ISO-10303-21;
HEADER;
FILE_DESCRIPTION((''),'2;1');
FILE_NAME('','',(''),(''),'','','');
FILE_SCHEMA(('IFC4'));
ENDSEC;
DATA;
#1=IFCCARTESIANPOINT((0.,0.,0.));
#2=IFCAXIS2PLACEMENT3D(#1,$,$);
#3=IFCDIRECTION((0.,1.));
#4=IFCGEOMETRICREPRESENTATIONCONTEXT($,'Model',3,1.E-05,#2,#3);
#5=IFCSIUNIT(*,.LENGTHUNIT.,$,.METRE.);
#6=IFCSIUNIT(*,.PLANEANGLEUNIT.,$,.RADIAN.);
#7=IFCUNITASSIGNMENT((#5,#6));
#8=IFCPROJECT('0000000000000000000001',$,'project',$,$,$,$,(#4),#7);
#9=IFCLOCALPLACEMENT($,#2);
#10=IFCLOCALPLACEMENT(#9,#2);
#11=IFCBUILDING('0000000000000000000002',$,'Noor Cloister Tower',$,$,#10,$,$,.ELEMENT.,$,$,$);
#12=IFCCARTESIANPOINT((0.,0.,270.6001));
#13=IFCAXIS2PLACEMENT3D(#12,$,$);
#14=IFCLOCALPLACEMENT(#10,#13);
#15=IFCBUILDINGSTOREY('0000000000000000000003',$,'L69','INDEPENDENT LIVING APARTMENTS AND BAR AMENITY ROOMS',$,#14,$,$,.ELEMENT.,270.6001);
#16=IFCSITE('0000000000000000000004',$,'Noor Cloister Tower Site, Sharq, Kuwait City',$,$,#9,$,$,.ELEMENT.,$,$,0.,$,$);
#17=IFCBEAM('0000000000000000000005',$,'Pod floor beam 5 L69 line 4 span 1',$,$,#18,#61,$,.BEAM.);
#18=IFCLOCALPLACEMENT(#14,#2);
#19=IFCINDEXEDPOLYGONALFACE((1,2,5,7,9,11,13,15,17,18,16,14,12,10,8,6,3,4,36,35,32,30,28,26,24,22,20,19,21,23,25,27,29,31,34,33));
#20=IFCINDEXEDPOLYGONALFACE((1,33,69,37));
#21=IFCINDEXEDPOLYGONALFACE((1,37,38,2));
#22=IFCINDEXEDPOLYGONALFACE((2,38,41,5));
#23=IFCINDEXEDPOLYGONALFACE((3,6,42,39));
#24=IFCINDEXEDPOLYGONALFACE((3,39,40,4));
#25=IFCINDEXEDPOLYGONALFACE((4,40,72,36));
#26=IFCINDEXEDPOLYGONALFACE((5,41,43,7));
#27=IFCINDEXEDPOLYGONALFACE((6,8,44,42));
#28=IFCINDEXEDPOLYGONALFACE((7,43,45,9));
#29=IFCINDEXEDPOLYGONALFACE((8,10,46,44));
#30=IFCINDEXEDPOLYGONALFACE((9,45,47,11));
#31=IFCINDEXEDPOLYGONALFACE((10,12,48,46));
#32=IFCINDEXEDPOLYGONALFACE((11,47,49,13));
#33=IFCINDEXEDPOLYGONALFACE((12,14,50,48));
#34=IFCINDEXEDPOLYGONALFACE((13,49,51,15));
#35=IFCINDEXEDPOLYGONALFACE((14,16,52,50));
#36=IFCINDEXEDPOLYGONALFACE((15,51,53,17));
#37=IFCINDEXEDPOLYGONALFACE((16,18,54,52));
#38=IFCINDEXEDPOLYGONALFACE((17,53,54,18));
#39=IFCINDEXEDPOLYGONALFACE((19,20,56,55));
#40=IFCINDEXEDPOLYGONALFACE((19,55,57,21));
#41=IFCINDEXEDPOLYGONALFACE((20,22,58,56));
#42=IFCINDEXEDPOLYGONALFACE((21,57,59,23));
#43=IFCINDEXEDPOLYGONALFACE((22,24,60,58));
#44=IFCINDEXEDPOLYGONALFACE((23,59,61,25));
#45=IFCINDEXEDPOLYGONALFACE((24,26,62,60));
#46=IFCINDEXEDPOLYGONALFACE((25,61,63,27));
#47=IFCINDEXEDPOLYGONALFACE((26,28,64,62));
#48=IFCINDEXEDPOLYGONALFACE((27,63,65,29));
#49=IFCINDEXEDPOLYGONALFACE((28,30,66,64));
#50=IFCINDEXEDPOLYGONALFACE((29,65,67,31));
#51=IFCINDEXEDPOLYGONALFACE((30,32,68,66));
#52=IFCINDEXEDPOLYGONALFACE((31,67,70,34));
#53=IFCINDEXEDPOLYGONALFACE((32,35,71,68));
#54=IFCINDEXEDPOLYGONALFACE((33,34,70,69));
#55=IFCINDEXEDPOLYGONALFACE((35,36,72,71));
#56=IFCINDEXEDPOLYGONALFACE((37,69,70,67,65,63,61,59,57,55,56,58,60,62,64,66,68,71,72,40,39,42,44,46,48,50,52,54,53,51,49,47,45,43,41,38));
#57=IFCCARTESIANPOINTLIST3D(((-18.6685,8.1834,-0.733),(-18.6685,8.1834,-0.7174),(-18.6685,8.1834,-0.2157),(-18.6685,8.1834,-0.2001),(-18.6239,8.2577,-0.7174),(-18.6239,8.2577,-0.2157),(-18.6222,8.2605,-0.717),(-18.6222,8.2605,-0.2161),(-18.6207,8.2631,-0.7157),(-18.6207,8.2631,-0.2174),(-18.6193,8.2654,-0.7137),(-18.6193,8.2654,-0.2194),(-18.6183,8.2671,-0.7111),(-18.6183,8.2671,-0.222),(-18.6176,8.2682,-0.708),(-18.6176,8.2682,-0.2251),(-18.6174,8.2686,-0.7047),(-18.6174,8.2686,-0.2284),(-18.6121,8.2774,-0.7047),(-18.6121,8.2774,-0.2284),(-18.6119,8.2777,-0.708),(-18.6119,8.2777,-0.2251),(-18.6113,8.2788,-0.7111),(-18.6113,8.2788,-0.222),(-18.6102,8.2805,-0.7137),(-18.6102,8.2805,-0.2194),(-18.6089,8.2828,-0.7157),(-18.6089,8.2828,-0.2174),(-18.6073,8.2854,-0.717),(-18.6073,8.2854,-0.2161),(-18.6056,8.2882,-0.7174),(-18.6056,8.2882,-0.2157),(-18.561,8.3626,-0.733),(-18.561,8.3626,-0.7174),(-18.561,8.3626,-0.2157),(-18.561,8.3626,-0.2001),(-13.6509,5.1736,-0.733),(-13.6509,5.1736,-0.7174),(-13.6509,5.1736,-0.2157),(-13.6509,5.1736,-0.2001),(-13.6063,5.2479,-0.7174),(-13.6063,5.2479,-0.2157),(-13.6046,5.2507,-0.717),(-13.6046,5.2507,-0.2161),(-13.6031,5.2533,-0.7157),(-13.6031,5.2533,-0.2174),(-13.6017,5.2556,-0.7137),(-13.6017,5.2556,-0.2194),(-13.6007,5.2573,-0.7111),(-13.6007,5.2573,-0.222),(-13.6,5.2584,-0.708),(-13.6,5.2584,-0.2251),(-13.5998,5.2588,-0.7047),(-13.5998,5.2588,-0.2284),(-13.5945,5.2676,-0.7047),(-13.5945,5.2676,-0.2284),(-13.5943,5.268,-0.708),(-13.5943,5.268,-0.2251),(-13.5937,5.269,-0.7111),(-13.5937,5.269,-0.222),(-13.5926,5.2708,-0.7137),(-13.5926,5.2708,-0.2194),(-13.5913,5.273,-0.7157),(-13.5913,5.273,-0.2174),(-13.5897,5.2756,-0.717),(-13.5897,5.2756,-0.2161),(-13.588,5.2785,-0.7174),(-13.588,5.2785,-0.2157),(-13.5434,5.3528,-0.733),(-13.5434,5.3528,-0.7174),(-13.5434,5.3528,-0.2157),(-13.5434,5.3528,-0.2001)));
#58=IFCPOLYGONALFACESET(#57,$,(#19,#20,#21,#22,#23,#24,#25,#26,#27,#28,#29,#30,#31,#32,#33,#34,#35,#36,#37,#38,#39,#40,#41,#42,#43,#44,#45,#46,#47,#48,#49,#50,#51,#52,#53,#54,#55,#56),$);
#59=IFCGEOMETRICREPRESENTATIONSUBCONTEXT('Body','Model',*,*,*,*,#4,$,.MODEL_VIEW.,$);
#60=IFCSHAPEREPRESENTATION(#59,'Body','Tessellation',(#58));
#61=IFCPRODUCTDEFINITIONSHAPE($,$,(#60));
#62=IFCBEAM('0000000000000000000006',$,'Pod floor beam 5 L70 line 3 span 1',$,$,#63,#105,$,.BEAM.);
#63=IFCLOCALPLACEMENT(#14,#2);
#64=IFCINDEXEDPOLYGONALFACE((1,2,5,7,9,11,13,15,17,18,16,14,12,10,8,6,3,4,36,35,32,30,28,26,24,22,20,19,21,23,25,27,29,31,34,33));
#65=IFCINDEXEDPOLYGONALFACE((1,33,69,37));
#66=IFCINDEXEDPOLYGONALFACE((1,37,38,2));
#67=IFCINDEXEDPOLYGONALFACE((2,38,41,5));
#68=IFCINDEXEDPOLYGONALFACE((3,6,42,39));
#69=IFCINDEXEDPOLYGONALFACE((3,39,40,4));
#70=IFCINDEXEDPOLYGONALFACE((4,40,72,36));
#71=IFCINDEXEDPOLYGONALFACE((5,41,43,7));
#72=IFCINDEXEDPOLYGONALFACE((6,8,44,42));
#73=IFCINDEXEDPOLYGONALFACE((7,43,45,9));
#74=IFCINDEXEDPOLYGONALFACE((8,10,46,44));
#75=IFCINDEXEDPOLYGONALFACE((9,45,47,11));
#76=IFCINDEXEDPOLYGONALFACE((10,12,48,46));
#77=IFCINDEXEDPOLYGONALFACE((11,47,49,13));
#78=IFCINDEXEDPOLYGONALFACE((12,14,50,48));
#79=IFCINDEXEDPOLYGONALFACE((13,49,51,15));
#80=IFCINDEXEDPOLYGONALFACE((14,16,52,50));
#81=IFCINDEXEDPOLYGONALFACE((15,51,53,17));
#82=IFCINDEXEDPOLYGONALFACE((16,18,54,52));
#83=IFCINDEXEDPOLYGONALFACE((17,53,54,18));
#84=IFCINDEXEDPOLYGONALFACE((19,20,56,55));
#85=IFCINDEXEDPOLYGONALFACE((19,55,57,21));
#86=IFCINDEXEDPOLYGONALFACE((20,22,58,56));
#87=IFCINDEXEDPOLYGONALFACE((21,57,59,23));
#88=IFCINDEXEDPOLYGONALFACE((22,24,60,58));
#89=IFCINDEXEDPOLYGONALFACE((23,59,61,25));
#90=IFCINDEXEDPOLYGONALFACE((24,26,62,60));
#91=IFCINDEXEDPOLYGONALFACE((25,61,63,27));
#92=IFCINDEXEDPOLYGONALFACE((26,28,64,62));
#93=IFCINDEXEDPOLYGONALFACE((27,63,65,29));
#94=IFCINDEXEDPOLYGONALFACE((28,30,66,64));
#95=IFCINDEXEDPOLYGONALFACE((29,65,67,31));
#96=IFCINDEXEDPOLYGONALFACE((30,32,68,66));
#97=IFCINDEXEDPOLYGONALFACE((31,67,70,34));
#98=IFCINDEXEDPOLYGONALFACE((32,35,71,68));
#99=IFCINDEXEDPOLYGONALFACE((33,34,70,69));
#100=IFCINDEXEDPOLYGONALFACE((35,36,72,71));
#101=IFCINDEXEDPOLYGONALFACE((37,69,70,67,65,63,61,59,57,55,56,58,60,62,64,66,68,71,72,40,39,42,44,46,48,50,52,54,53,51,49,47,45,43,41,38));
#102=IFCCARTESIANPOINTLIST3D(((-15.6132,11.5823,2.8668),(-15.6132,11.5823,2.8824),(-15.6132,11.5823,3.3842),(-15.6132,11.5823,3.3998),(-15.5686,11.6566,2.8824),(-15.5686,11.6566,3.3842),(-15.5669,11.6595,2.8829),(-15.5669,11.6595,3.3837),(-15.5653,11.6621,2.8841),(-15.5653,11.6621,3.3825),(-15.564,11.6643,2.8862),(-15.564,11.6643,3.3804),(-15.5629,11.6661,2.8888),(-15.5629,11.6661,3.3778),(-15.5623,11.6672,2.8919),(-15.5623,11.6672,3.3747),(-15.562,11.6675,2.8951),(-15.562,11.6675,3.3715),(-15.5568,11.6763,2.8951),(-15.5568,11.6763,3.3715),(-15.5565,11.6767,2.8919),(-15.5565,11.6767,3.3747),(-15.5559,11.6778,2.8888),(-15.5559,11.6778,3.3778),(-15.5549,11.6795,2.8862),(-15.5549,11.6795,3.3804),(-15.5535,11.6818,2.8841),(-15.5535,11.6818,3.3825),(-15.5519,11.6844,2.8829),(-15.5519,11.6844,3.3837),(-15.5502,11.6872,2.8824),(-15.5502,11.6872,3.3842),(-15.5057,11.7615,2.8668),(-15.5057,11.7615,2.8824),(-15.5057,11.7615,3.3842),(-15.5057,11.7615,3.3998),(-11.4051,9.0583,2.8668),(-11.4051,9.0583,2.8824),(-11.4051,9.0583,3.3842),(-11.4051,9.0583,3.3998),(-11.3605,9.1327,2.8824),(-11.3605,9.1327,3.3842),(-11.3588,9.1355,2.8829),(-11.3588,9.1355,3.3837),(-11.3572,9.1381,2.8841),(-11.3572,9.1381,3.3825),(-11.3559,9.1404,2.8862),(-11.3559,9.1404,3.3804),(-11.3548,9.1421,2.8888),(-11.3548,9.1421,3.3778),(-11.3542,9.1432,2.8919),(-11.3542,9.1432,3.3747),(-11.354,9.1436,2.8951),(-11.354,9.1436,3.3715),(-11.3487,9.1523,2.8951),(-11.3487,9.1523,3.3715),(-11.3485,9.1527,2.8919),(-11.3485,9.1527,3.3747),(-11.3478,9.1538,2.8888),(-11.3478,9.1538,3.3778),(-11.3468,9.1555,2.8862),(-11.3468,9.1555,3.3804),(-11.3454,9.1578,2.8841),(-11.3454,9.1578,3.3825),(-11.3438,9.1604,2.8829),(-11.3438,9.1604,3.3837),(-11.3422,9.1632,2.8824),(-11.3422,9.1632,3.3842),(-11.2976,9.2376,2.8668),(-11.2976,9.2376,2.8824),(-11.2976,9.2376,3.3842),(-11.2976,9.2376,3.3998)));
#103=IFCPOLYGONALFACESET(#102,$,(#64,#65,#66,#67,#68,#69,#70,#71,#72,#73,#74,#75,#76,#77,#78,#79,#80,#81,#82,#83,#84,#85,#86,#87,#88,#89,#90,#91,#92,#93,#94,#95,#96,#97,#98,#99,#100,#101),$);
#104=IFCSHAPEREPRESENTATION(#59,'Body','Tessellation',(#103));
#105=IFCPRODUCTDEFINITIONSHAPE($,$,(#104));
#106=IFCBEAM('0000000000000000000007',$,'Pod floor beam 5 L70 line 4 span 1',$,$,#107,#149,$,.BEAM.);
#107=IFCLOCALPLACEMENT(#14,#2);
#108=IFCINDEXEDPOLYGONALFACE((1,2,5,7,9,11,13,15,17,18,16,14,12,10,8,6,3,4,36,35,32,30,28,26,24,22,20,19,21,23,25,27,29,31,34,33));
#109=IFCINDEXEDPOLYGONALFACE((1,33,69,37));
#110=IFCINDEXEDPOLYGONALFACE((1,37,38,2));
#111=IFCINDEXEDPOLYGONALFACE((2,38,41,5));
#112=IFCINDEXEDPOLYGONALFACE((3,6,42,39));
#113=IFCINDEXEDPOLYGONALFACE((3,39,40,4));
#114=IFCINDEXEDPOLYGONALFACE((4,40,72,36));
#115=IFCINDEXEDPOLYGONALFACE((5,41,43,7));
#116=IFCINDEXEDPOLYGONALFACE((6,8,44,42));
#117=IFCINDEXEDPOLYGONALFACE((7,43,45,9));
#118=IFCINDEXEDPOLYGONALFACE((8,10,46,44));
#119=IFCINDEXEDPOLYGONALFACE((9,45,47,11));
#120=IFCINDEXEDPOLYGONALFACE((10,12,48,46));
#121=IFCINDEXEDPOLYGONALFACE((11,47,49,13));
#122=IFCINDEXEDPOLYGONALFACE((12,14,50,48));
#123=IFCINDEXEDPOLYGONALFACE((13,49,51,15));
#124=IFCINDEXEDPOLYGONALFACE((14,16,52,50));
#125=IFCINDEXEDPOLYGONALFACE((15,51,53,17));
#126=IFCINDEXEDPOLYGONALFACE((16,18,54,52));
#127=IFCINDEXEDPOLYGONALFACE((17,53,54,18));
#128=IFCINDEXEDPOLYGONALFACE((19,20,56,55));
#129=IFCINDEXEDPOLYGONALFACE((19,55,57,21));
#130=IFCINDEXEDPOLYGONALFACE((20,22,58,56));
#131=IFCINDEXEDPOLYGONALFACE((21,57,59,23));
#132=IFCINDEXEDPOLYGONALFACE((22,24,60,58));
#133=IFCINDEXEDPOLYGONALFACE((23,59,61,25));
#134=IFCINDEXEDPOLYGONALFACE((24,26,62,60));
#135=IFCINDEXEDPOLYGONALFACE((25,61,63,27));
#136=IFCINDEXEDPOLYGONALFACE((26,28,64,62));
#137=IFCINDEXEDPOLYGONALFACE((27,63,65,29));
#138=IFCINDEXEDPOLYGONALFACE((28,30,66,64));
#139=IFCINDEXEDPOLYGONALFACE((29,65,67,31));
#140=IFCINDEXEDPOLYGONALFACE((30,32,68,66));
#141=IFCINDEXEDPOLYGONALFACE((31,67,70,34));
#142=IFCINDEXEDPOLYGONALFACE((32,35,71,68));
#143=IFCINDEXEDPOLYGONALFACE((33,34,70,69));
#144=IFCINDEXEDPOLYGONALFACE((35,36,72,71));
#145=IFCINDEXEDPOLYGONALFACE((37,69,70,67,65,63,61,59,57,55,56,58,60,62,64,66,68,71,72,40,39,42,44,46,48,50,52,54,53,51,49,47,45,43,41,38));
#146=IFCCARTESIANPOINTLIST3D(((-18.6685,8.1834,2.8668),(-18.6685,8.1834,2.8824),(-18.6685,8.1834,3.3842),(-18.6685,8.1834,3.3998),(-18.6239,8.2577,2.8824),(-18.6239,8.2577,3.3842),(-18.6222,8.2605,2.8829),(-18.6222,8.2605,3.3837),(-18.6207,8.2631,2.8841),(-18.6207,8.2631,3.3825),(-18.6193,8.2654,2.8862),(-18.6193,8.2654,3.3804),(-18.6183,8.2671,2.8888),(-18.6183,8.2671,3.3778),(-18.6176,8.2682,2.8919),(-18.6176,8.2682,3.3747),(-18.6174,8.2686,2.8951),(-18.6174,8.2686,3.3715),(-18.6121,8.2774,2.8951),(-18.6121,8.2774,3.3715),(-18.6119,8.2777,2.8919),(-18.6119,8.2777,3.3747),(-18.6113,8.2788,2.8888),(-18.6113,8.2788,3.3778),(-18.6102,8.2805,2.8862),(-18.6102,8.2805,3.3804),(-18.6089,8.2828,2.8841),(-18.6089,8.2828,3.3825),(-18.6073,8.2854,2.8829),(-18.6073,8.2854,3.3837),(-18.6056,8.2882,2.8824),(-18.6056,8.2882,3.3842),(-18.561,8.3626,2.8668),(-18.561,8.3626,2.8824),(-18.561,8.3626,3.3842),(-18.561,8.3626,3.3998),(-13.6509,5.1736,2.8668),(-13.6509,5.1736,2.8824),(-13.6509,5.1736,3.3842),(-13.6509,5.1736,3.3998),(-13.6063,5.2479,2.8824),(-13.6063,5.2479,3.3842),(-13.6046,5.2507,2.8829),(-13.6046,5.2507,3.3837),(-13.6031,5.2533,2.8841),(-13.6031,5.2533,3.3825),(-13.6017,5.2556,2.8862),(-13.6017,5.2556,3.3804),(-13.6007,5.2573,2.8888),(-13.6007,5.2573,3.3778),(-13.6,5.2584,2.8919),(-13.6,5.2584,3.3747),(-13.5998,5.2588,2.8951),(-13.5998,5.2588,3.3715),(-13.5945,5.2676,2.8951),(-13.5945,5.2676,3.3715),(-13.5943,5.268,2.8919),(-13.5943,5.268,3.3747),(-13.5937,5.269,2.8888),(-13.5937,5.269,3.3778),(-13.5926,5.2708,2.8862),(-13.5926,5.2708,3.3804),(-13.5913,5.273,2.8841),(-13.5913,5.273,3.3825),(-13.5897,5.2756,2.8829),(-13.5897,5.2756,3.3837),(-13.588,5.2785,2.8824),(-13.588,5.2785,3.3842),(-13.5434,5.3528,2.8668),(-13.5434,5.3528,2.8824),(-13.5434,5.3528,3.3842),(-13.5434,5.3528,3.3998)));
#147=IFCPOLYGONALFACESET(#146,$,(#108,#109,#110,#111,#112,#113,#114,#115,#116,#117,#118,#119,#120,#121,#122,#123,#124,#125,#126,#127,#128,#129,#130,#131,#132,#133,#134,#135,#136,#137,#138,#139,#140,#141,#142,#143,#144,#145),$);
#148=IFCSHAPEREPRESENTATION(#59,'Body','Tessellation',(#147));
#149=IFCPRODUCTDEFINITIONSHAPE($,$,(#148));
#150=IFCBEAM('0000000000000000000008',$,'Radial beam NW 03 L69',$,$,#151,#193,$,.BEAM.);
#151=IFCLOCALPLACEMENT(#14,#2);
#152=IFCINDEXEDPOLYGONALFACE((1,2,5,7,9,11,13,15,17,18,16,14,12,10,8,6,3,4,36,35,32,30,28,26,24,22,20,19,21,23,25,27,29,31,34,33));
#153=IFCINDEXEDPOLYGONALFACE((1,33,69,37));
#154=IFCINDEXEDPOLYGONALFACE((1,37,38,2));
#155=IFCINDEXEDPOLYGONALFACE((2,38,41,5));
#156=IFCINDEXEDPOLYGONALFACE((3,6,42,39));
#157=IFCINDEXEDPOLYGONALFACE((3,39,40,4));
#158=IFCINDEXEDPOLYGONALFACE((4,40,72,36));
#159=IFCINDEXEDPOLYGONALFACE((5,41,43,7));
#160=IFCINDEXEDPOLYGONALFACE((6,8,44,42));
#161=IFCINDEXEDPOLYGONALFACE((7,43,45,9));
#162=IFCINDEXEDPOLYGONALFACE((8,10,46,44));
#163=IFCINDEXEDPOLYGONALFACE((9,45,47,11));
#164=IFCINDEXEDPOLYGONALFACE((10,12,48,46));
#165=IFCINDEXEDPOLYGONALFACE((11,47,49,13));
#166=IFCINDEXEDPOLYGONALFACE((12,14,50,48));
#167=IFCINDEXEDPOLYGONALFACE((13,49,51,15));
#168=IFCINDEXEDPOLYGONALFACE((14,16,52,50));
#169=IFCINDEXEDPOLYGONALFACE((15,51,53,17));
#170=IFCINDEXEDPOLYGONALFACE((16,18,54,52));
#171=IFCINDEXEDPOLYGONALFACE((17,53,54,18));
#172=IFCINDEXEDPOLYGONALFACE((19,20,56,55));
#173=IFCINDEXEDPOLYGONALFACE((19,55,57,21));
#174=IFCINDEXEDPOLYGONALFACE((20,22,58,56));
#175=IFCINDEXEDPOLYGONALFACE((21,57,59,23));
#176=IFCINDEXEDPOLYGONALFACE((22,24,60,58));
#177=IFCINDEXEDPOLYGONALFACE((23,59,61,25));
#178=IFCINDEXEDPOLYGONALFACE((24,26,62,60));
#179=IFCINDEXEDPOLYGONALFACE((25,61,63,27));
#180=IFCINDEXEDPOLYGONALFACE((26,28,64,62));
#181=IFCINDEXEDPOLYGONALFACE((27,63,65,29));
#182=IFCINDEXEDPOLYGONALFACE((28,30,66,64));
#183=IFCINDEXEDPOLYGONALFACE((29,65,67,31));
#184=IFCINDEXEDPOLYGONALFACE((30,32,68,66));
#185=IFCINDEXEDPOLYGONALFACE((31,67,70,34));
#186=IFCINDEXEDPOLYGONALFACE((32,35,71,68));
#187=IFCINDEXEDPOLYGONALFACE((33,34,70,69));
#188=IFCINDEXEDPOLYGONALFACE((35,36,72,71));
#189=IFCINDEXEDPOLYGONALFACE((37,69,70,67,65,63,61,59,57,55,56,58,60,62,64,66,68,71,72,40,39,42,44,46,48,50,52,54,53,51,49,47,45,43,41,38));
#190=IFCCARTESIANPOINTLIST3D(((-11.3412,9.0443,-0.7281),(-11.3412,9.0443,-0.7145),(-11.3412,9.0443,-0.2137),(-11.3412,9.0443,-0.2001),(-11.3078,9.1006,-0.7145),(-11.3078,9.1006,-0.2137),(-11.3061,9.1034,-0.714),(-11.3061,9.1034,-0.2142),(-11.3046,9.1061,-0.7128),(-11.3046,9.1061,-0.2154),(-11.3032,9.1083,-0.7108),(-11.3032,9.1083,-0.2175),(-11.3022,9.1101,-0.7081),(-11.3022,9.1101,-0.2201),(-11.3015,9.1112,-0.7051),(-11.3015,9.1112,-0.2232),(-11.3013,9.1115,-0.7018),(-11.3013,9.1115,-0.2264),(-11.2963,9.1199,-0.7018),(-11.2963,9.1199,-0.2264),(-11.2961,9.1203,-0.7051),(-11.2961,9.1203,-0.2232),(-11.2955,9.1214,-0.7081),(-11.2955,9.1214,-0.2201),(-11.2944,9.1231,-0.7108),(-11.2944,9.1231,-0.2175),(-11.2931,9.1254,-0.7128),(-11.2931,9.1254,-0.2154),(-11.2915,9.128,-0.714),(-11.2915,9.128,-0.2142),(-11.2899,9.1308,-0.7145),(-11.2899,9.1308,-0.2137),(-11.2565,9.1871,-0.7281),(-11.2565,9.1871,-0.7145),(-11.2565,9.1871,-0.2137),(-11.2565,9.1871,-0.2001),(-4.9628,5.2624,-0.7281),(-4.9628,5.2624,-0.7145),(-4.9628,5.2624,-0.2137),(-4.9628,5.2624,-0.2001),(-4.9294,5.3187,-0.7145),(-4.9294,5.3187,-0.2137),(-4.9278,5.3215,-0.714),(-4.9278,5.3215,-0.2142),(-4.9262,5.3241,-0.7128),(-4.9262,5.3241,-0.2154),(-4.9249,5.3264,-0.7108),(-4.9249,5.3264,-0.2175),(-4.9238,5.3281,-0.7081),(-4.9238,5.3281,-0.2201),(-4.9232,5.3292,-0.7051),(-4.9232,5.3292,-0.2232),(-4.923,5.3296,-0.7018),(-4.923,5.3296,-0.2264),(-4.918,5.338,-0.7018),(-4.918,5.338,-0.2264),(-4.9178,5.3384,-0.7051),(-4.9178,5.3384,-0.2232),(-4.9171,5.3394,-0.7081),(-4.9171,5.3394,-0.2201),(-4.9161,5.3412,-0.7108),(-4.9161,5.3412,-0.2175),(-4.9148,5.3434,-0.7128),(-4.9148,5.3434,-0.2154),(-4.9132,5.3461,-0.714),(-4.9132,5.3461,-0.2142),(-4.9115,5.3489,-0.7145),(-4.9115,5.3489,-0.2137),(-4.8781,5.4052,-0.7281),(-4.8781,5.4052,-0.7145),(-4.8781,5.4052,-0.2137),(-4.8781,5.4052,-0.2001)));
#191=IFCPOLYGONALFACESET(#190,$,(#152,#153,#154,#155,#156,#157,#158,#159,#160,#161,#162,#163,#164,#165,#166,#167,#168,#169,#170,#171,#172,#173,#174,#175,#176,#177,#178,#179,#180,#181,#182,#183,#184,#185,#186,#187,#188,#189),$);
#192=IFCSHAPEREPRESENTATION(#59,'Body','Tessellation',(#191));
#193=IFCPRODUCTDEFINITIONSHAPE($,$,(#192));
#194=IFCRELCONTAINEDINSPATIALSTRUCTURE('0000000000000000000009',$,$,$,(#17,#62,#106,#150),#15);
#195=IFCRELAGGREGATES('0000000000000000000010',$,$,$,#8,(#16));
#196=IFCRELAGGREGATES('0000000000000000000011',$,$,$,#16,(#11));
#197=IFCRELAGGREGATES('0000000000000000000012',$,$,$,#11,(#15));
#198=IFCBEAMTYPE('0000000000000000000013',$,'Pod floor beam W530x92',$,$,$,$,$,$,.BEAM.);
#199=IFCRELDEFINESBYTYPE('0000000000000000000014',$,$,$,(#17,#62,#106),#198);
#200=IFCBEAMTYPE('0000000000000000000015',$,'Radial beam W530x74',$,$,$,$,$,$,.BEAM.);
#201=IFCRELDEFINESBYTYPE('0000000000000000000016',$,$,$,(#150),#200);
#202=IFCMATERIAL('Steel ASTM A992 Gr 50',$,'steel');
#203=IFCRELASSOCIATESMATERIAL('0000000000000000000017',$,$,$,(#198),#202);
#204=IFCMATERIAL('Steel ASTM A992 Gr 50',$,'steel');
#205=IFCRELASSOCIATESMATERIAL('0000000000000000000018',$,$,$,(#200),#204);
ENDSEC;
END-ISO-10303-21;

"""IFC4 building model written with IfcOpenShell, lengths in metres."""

from ifc_helpers import new_model, si_unit, direction, frame, origin, origin_2d, place, context, subcontext, project, spatial, i_section, extrude, material, material_profile, profile_set, type_object, element, save


model = new_model("IFC4")

# Units and contexts
model_context = context("Model", 3, precision=1e-05, world=origin(), true_north=direction((0.0, 1.0)))
body_context = subcontext(model_context, "Body", "Model", "MODEL_VIEW")
ifc_project = project(units=[si_unit("LENGTHUNIT", "METRE"), si_unit("PLANEANGLEUNIT", "RADIAN")], contexts=[model_context])

# Site, building, storey
site_placement = place(None, origin())
site = spatial("IfcSite", under=ifc_project, at=site_placement, Name="Noor Cloister Tower Site, Sharq, Kuwait City", CompositionType="ELEMENT", RefElevation=0.0)
building_placement = place(site_placement, origin())
building = spatial("IfcBuilding", under=site, at=building_placement, Name="Noor Cloister Tower", CompositionType="ELEMENT")
storey_placement = place(building_placement, frame((0.0, 0.0, 270.6001)))
storey = spatial("IfcBuildingStorey", under=building, at=storey_placement, Name="L69", Description="INDEPENDENT LIVING APARTMENTS AND BAR AMENITY ROOMS", CompositionType="ELEMENT", Elevation=270.6001)

# Beams
ifc_material_1 = material(Name="Steel ASTM A992 Gr 50", Category="steel")
ifc_material_profile_1 = material_profile(ifc_material_1, i_section(OverallWidth=0.209, OverallDepth=0.533, WebThickness=0.0103, FlangeThickness=0.0156, FilletRadius=0.0127, at=origin_2d()), Name="W530x92")
ifc_profile_set_1 = profile_set([ifc_material_profile_1], Name="Steel ASTM A992 Gr 50")
beam_type_1 = type_object("IfcBeamType", Name="Pod floor beam W530x92", PredefinedType="BEAM", material=ifc_profile_set_1)
beam_1_placement = place(storey_placement, frame((-13.5972, 5.2632, -0.4666), z_axis=(-0.857552, 0.514398, 0.0), x_axis=(-0.514398, -0.857552, 0.0)))
element("IfcBeam", 1, at=beam_1_placement, inside=storey, type_object=beam_type_1, Name="Pod floor beam 5 L69 line 4 span 1", PredefinedType="BEAM", context=body_context, shape_type="SweptSolid", body=[
    extrude(i_section(OverallWidth=0.209, OverallDepth=0.533, WebThickness=0.0103, FlangeThickness=0.0156, FilletRadius=0.0127, at=origin_2d()), origin(), (0.0, 0.0, 1.0), 5.8511),
])
beam_2_placement = place(storey_placement, frame((-11.3513, 9.1479, 3.1333), z_axis=(-0.857572, 0.514364, 0.0), x_axis=(-0.514364, -0.857572, 0.0)))
element("IfcBeam", 2, at=beam_2_placement, inside=storey, type_object=beam_type_1, Name="Pod floor beam 5 L70 line 3 span 1", PredefinedType="BEAM", context=body_context, shape_type="SweptSolid", body=[
    extrude(i_section(OverallWidth=0.209, OverallDepth=0.533, WebThickness=0.0103, FlangeThickness=0.0156, FilletRadius=0.0127, at=origin_2d()), origin(), (0.0, 0.0, 1.0), 4.907),
])
beam_3_placement = place(storey_placement, frame((-13.5972, 5.2632, 3.1333), z_axis=(-0.857552, 0.514398, 0.0), x_axis=(-0.514398, -0.857552, 0.0)))
element("IfcBeam", 3, at=beam_3_placement, inside=storey, type_object=beam_type_1, Name="Pod floor beam 5 L70 line 4 span 1", PredefinedType="BEAM", context=body_context, shape_type="SweptSolid", body=[
    extrude(i_section(OverallWidth=0.209, OverallDepth=0.533, WebThickness=0.0103, FlangeThickness=0.0156, FilletRadius=0.0127, at=origin_2d()), origin(), (0.0, 0.0, 1.0), 5.8511),
])
ifc_material_2 = material(Name="Steel ASTM A992 Gr 50", Category="steel")
ifc_material_profile_2 = material_profile(ifc_material_2, i_section(OverallWidth=0.166, OverallDepth=0.5281, WebThickness=0.0098, FlangeThickness=0.0137, FilletRadius=0.0127, at=origin_2d()), Name="W530x74")
ifc_profile_set_2 = profile_set([ifc_material_profile_2], Name="Steel ASTM A992 Gr 50")
beam_type_2 = type_object("IfcBeamType", Name="Radial beam W530x74", PredefinedType="BEAM", material=ifc_profile_set_2)
for number, where, z_axis, x_axis, name in (
    (4, (-11.2988, 9.1157, -0.4641), (0.860163, -0.51002, 0.0), (0.51002, 0.860163, 0.0), "Radial beam NW 03 L69"),
):
    element("IfcBeam", number, at=place(storey_placement, frame(where, z_axis=z_axis, x_axis=x_axis)), inside=storey, type_object=beam_type_2, Name=name, PredefinedType="BEAM", context=body_context, shape_type="SweptSolid", body=[
        extrude(i_section(OverallWidth=0.166, OverallDepth=0.5281, WebThickness=0.0098, FlangeThickness=0.0137, FilletRadius=0.0127, at=origin_2d()), origin(), (0.0, 0.0, 1.0), 7.4153),
    ])

save(model, "model.ifc")
